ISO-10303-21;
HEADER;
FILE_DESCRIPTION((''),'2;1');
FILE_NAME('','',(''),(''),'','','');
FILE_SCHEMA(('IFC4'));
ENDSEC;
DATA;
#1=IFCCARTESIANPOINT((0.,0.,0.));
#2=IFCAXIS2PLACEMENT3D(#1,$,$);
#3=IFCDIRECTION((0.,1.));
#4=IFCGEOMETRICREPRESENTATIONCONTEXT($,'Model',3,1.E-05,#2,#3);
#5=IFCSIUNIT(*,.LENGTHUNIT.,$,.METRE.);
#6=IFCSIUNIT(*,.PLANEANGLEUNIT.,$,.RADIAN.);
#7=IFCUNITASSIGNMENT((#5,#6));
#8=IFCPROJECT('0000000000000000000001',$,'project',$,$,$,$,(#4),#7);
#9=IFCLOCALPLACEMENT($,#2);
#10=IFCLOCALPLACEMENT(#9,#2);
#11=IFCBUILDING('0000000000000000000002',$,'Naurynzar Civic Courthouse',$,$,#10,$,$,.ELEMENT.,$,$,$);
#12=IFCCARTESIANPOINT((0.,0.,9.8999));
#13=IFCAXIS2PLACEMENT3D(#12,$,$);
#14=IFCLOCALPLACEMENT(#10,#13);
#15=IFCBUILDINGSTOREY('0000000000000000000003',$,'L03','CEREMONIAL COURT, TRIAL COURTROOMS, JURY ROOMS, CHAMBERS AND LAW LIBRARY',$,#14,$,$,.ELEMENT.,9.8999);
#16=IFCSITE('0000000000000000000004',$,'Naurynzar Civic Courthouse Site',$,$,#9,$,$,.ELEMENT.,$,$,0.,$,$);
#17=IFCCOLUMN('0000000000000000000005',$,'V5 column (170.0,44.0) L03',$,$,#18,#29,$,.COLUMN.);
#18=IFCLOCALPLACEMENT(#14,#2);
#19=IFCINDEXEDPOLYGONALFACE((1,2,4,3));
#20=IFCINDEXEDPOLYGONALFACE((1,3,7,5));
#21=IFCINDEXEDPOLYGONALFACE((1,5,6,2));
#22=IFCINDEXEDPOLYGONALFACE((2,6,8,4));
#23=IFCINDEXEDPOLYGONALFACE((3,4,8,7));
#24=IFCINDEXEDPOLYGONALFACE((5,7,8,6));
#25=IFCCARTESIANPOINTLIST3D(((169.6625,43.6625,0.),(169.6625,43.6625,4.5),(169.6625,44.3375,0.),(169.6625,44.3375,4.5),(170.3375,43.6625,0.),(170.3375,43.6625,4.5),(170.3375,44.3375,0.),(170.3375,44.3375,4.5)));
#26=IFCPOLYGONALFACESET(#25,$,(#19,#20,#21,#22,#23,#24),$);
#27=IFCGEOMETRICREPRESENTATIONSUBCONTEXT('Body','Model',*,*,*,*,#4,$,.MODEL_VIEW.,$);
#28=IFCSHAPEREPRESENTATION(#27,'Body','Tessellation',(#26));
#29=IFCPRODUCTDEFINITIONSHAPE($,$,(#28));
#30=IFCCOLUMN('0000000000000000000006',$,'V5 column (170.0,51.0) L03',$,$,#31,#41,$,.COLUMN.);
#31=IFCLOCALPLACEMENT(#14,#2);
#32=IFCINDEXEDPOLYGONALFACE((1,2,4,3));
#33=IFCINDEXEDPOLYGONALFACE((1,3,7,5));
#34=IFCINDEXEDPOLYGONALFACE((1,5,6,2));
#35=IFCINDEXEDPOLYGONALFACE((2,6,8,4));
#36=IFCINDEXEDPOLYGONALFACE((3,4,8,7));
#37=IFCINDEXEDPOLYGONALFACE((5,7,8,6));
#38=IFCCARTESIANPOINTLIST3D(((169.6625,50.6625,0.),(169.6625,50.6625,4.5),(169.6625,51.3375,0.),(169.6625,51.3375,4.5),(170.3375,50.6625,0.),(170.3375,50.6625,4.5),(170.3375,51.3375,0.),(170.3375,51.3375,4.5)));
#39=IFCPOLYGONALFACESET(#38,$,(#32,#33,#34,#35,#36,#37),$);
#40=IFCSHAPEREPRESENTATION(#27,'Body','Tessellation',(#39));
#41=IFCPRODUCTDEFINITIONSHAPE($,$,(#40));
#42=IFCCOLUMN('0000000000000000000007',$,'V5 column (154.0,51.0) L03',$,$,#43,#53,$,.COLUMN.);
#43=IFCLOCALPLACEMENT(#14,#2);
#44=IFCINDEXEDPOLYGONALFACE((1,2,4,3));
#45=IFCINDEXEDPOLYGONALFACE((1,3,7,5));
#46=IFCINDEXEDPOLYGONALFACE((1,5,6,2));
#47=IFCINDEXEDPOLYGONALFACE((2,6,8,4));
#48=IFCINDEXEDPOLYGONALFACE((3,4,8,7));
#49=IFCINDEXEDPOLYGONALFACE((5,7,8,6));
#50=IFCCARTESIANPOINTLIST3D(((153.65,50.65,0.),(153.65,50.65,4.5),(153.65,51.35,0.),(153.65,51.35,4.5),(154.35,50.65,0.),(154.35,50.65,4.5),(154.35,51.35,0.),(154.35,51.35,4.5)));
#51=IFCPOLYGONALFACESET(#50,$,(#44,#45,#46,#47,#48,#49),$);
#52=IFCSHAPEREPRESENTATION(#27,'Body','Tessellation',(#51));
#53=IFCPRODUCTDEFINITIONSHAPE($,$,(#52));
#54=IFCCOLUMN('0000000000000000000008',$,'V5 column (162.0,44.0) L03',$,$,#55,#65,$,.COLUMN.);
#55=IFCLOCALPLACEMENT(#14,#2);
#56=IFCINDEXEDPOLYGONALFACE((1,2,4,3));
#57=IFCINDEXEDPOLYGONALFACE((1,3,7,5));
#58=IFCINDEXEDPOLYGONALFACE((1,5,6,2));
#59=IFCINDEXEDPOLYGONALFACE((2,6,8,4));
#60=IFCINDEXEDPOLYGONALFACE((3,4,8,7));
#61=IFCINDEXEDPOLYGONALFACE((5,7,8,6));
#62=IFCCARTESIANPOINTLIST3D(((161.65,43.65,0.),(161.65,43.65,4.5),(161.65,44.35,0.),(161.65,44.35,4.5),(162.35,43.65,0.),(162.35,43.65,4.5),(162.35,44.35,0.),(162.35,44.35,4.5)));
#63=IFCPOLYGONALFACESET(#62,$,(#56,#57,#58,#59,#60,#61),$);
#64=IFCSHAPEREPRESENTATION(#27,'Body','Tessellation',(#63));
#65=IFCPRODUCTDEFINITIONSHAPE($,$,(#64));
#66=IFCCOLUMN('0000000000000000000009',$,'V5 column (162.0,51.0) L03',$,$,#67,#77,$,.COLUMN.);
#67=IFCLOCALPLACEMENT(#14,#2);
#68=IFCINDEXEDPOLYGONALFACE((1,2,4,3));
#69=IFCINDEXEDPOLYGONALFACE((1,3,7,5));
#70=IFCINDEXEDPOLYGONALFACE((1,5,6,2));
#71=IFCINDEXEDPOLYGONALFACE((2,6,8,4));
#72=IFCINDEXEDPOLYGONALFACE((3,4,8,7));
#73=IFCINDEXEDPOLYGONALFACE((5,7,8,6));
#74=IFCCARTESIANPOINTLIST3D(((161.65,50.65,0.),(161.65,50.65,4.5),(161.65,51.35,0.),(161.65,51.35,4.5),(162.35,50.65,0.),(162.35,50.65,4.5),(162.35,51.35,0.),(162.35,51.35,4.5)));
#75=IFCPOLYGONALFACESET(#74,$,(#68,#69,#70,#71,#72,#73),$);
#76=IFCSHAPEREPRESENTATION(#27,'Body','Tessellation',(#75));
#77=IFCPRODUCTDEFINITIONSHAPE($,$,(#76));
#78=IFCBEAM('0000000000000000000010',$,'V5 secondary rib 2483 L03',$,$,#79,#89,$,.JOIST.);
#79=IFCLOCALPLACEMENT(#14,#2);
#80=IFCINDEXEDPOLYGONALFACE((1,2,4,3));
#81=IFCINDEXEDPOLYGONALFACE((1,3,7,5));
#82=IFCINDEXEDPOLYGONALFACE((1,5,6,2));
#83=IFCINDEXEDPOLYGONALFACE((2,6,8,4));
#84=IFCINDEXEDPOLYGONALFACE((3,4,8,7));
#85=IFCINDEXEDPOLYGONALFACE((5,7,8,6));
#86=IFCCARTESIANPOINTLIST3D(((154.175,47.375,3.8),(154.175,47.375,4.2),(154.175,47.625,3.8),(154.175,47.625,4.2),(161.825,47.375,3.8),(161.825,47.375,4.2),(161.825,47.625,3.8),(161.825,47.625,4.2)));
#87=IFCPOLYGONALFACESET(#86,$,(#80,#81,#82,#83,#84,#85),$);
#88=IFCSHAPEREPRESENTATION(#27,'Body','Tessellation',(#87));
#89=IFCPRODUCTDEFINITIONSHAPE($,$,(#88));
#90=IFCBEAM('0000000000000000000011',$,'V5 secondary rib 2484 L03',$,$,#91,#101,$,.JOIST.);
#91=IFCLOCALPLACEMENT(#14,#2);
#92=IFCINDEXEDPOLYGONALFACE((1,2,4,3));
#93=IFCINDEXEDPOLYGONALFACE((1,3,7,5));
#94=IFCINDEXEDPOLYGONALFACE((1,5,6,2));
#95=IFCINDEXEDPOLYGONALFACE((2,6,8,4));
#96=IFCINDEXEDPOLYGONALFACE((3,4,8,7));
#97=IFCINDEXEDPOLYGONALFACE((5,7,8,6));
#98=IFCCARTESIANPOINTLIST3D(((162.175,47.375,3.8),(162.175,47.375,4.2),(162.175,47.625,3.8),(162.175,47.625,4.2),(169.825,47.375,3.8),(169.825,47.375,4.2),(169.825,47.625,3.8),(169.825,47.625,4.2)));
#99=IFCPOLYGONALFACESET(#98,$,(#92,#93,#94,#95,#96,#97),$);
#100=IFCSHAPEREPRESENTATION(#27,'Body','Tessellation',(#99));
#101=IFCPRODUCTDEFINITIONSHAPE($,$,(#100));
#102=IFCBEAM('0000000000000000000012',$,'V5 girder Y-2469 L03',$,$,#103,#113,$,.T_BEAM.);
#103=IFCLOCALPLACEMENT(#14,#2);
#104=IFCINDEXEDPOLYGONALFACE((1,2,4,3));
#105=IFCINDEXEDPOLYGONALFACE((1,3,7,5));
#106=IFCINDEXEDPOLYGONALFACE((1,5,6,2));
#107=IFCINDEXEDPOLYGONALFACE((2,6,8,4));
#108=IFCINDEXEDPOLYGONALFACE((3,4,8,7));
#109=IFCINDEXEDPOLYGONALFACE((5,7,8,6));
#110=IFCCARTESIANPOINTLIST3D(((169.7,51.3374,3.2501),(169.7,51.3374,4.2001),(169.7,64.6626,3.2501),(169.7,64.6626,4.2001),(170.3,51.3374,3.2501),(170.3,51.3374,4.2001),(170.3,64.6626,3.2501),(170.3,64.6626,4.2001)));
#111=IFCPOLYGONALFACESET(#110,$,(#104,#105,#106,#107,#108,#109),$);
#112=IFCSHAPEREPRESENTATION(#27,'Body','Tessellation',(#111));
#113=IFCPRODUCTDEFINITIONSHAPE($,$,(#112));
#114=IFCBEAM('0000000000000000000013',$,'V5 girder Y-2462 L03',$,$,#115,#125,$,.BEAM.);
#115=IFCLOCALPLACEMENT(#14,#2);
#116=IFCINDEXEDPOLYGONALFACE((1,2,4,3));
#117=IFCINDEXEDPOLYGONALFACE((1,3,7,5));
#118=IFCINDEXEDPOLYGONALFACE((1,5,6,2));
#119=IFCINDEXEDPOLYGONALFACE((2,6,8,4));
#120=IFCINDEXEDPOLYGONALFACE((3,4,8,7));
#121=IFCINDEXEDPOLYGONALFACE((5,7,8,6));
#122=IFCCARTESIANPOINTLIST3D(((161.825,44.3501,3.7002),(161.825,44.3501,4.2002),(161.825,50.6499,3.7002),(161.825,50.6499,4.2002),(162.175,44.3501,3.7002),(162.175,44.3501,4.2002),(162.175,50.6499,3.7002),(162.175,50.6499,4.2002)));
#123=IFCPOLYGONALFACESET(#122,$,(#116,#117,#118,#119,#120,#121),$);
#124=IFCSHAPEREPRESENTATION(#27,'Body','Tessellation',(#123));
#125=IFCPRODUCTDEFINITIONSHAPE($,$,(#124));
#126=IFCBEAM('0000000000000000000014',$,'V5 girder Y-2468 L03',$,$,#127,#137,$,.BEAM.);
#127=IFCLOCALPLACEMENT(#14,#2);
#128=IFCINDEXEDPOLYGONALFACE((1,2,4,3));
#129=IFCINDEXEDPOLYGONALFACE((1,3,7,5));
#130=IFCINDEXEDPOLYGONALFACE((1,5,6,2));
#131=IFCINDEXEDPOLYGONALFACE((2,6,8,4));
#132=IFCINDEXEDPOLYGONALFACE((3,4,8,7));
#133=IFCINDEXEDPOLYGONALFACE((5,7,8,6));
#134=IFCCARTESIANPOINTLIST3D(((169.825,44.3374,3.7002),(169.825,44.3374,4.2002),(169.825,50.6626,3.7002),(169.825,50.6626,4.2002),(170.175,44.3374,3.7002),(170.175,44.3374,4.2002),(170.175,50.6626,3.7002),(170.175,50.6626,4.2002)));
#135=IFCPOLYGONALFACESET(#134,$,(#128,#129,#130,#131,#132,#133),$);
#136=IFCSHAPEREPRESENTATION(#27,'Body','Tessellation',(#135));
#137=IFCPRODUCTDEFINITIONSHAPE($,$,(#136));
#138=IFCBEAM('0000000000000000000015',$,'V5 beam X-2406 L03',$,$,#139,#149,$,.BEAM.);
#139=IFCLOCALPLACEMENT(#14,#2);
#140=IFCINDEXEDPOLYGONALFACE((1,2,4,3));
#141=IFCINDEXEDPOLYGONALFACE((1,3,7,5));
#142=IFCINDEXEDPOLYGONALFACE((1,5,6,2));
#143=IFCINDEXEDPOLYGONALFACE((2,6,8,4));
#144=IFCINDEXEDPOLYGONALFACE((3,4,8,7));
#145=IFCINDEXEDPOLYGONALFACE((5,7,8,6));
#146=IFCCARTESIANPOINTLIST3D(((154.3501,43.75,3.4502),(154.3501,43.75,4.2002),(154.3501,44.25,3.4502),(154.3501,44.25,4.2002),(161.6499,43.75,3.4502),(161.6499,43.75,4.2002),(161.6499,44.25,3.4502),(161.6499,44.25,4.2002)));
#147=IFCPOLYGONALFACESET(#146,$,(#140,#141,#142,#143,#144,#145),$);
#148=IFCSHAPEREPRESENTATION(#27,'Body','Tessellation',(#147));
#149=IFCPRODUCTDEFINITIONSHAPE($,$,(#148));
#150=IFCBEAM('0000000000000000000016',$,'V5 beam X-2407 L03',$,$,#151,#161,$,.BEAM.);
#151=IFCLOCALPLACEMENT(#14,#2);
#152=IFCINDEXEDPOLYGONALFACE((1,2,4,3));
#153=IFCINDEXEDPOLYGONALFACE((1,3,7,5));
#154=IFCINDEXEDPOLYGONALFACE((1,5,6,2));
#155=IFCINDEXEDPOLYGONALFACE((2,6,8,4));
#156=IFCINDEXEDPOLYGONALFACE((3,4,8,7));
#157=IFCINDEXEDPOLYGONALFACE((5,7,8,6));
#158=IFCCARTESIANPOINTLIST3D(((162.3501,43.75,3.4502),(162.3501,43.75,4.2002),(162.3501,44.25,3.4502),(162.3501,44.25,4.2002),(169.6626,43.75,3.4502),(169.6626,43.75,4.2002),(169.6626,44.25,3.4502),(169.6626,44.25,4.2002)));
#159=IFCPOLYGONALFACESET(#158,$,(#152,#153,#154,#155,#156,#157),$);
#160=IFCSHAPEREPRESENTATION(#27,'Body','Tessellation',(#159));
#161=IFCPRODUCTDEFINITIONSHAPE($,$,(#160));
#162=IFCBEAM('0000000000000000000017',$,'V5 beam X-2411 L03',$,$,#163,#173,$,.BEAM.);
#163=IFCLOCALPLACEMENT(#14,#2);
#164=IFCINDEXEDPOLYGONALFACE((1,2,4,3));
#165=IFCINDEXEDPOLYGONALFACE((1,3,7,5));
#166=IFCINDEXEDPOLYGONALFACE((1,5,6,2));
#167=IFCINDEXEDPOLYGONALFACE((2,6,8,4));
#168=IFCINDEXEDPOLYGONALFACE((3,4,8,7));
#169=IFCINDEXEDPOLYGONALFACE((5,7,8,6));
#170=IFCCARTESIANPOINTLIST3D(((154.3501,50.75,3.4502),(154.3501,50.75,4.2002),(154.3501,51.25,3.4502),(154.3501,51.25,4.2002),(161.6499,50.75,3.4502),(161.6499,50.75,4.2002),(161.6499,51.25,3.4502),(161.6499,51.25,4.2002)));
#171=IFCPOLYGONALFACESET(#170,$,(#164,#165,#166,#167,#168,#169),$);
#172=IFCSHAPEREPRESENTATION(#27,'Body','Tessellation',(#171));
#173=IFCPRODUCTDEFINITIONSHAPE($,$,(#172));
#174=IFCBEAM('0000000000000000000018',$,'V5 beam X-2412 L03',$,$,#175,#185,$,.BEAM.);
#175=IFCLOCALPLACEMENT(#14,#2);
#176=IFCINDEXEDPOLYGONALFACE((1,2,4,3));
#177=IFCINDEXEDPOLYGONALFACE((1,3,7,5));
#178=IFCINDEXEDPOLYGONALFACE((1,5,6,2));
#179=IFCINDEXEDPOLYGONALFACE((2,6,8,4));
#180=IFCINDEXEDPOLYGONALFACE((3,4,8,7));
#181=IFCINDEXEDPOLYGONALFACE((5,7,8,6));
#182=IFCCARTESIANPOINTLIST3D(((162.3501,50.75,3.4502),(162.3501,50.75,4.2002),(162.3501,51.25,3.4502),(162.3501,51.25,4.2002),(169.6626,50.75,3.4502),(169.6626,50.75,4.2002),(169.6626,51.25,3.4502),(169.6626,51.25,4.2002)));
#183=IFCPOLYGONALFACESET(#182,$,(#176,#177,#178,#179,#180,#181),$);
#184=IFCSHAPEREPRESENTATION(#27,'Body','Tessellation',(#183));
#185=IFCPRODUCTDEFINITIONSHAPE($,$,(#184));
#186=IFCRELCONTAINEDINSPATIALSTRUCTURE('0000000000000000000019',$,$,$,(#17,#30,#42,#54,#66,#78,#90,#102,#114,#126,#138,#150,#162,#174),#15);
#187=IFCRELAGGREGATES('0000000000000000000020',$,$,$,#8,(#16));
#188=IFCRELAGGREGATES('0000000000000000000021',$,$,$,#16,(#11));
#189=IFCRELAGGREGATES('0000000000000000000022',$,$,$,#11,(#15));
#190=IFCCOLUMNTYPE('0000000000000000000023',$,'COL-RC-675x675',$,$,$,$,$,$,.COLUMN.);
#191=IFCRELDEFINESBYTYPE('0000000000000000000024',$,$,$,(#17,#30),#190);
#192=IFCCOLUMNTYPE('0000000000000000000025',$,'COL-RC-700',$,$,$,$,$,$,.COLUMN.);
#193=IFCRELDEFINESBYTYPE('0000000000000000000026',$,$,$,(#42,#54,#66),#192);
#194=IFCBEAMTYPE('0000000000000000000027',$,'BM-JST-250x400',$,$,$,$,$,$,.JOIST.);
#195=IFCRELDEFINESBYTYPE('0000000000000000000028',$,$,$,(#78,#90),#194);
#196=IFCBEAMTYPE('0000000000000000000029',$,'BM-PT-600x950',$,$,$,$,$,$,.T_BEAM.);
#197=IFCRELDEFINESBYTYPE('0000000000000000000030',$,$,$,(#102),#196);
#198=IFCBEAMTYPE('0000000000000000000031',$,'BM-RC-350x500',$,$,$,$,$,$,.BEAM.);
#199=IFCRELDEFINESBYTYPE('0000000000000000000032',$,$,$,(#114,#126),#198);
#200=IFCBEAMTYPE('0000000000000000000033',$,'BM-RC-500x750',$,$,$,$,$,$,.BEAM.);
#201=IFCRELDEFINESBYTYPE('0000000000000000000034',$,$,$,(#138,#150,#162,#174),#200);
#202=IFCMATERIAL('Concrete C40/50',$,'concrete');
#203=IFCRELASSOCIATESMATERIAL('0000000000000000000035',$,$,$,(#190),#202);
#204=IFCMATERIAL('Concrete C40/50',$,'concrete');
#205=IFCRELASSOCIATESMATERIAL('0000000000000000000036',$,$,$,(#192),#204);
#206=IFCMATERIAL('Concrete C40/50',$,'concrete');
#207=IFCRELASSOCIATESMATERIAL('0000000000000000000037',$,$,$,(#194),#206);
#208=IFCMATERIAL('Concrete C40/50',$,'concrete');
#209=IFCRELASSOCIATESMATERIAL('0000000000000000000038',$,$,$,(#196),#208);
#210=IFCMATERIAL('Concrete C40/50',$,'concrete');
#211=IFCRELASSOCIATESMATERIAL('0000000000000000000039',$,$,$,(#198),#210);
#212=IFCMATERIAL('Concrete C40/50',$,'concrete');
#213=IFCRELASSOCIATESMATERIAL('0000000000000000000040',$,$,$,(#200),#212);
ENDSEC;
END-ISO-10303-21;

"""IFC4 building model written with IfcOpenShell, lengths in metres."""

from ifc_helpers import new_model, si_unit, direction, frame, origin, origin_2d, place, context, subcontext, project, spatial, rectangle, extrude, material, material_profile, profile_set, type_object, element, save


model = new_model("IFC4")

# Units and contexts
model_context = context("Model", 3, precision=1e-05, world=origin(), true_north=direction((0.0, 1.0)))
body_context = subcontext(model_context, "Body", "Model", "MODEL_VIEW")
ifc_project = project(units=[si_unit("LENGTHUNIT", "METRE"), si_unit("PLANEANGLEUNIT", "RADIAN")], contexts=[model_context])

# Site, building, storey
site_placement = place(None, origin())
site = spatial("IfcSite", under=ifc_project, at=site_placement, Name="Naurynzar Civic Courthouse Site", CompositionType="ELEMENT", RefElevation=0.0)
building_placement = place(site_placement, origin())
building = spatial("IfcBuilding", under=site, at=building_placement, Name="Naurynzar Civic Courthouse", CompositionType="ELEMENT")
storey_placement = place(building_placement, frame((0.0, 0.0, 9.8999)))
storey = spatial("IfcBuildingStorey", under=building, at=storey_placement, Name="L03", Description="CEREMONIAL COURT, TRIAL COURTROOMS, JURY ROOMS, CHAMBERS AND LAW LIBRARY", CompositionType="ELEMENT", Elevation=9.8999)

# Columns
ifc_material_1 = material(Name="Concrete C40/50", Category="concrete")
ifc_material_profile_1 = material_profile(ifc_material_1, rectangle(XDim=0.675, YDim=0.675, at=origin_2d()), Name="RC 675x675")
ifc_profile_set_1 = profile_set([ifc_material_profile_1], Name="Concrete C40/50")
column_type_1 = type_object("IfcColumnType", Name="COL-RC-675x675", PredefinedType="COLUMN", material=ifc_profile_set_1)
for number, where, z_axis, x_axis, name in (
    (1, (170.0, 44.0, 0.0), (0.0, 0.0, 1.0), (1.0, 0.0, 0.0), "V5 column (170.0,44.0) L03"),
    (2, (170.0, 51.0, 0.0), (0.0, 0.0, 1.0), (1.0, 0.0, 0.0), "V5 column (170.0,51.0) L03"),
):
    element("IfcColumn", number, at=place(storey_placement, frame(where, z_axis=z_axis, x_axis=x_axis)), inside=storey, type_object=column_type_1, Name=name, PredefinedType="COLUMN", context=body_context, shape_type="SweptSolid", body=[
        extrude(rectangle(XDim=0.675, YDim=0.675, at=origin_2d()), origin(), (0.0, 0.0, 1.0), 4.5),
    ])
ifc_material_2 = material(Name="Concrete C40/50", Category="concrete")
ifc_material_profile_2 = material_profile(ifc_material_2, rectangle(XDim=0.7, YDim=0.7, at=origin_2d()), Name="RC 700x700")
ifc_profile_set_2 = profile_set([ifc_material_profile_2], Name="Concrete C40/50")
column_type_2 = type_object("IfcColumnType", Name="COL-RC-700", PredefinedType="COLUMN", material=ifc_profile_set_2)
for number, where, z_axis, x_axis, name in (
    (3, (154.0, 51.0, 0.0), (0.0, 0.0, 1.0), (1.0, 0.0, 0.0), "V5 column (154.0,51.0) L03"),
    (4, (162.0, 44.0, 0.0), (0.0, 0.0, 1.0), (1.0, 0.0, 0.0), "V5 column (162.0,44.0) L03"),
    (5, (162.0, 51.0, 0.0), (0.0, 0.0, 1.0), (1.0, 0.0, 0.0), "V5 column (162.0,51.0) L03"),
):
    element("IfcColumn", number, at=place(storey_placement, frame(where, z_axis=z_axis, x_axis=x_axis)), inside=storey, type_object=column_type_2, Name=name, PredefinedType="COLUMN", context=body_context, shape_type="SweptSolid", body=[
        extrude(rectangle(XDim=0.7, YDim=0.7, at=origin_2d()), origin(), (0.0, 0.0, 1.0), 4.5),
    ])

# Beams
ifc_material_3 = material(Name="Concrete C40/50", Category="concrete")
ifc_material_profile_3 = material_profile(ifc_material_3, rectangle(XDim=0.25, YDim=0.3999, at=origin_2d()), Name="RCB 250x400")
ifc_profile_set_3 = profile_set([ifc_material_profile_3], Name="Concrete C40/50")
beam_type_1 = type_object("IfcBeamType", Name="BM-JST-250x400", PredefinedType="JOIST", material=ifc_profile_set_3)
for number, where, z_axis, x_axis, name in (
    (6, (154.175, 47.5, 4.0), (1.0, 0.0, 0.0), (0.0, 1.0, 0.0), "V5 secondary rib 2483 L03"),
    (7, (162.175, 47.5, 4.0), (1.0, 0.0, 0.0), (0.0, 1.0, 0.0), "V5 secondary rib 2484 L03"),
):
    element("IfcBeam", number, at=place(storey_placement, frame(where, z_axis=z_axis, x_axis=x_axis)), inside=storey, type_object=beam_type_1, Name=name, PredefinedType="JOIST", context=body_context, shape_type="SweptSolid", body=[
        extrude(rectangle(XDim=0.25, YDim=0.3999, at=origin_2d()), origin(), (0.0, 0.0, 1.0), 7.6499),
    ])
ifc_material_4 = material(Name="Concrete C40/50", Category="concrete")
ifc_material_profile_4 = material_profile(ifc_material_4, rectangle(XDim=0.6001, YDim=0.95, at=origin_2d()), Name="PTB 600x950")
ifc_profile_set_4 = profile_set([ifc_material_profile_4], Name="Concrete C40/50")
beam_type_2 = type_object("IfcBeamType", Name="BM-PT-600x950", PredefinedType="T_BEAM", material=ifc_profile_set_4)
beam_1_placement = place(storey_placement, frame((170.0, 51.3374, 3.7251), z_axis=(0.0, 1.0, 0.0), x_axis=(-1.0, 0.0, 0.0)))
element("IfcBeam", 8, at=beam_1_placement, inside=storey, type_object=beam_type_2, Name="V5 girder Y-2469 L03", PredefinedType="T_BEAM", context=body_context, shape_type="SweptSolid", body=[
    extrude(rectangle(XDim=0.6001, YDim=0.95, at=origin_2d()), origin(), (0.0, 0.0, 1.0), 13.3252),
])
ifc_material_5 = material(Name="Concrete C40/50", Category="concrete")
ifc_material_profile_5 = material_profile(ifc_material_5, rectangle(XDim=0.3501, YDim=0.5, at=origin_2d()), Name="RCB 350x500")
ifc_profile_set_5 = profile_set([ifc_material_profile_5], Name="Concrete C40/50")
beam_type_3 = type_object("IfcBeamType", Name="BM-RC-350x500", PredefinedType="BEAM", material=ifc_profile_set_5)
beam_2_placement = place(storey_placement, frame((162.0, 44.3501, 3.9502), z_axis=(0.0, 1.0, 0.0), x_axis=(-1.0, 0.0, 0.0)))
element("IfcBeam", 9, at=beam_2_placement, inside=storey, type_object=beam_type_3, Name="V5 girder Y-2462 L03", PredefinedType="BEAM", context=body_context, shape_type="SweptSolid", body=[
    extrude(rectangle(XDim=0.3501, YDim=0.5, at=origin_2d()), origin(), (0.0, 0.0, 1.0), 6.2998),
])
beam_3_placement = place(storey_placement, frame((170.0, 44.3374, 3.9502), z_axis=(0.0, 1.0, 0.0), x_axis=(-1.0, 0.0, 0.0)))
element("IfcBeam", 10, at=beam_3_placement, inside=storey, type_object=beam_type_3, Name="V5 girder Y-2468 L03", PredefinedType="BEAM", context=body_context, shape_type="SweptSolid", body=[
    extrude(rectangle(XDim=0.3501, YDim=0.5, at=origin_2d()), origin(), (0.0, 0.0, 1.0), 6.3252),
])
ifc_material_6 = material(Name="Concrete C40/50", Category="concrete")
ifc_material_profile_6 = material_profile(ifc_material_6, rectangle(XDim=0.5, YDim=0.75, at=origin_2d()), Name="RCB 500x750")
ifc_profile_set_6 = profile_set([ifc_material_profile_6], Name="Concrete C40/50")
beam_type_4 = type_object("IfcBeamType", Name="BM-RC-500x750", PredefinedType="BEAM", material=ifc_profile_set_6)
beam_4_placement = place(storey_placement, frame((154.3501, 44.0, 3.8252), z_axis=(1.0, 0.0, 0.0), x_axis=(0.0, 1.0, 0.0)))
element("IfcBeam", 11, at=beam_4_placement, inside=storey, type_object=beam_type_4, Name="V5 beam X-2406 L03", PredefinedType="BEAM", context=body_context, shape_type="SweptSolid", body=[
    extrude(rectangle(XDim=0.5, YDim=0.75, at=origin_2d()), origin(), (0.0, 0.0, 1.0), 7.2998),
])
beam_5_placement = place(storey_placement, frame((162.3501, 44.0, 3.8252), z_axis=(1.0, 0.0, 0.0), x_axis=(0.0, 1.0, 0.0)))
element("IfcBeam", 12, at=beam_5_placement, inside=storey, type_object=beam_type_4, Name="V5 beam X-2407 L03", PredefinedType="BEAM", context=body_context, shape_type="SweptSolid", body=[
    extrude(rectangle(XDim=0.5, YDim=0.75, at=origin_2d()), origin(), (0.0, 0.0, 1.0), 7.3125),
])
beam_6_placement = place(storey_placement, frame((154.3501, 51.0, 3.8252), z_axis=(1.0, 0.0, 0.0), x_axis=(0.0, 1.0, 0.0)))
element("IfcBeam", 13, at=beam_6_placement, inside=storey, type_object=beam_type_4, Name="V5 beam X-2411 L03", PredefinedType="BEAM", context=body_context, shape_type="SweptSolid", body=[
    extrude(rectangle(XDim=0.5, YDim=0.75, at=origin_2d()), origin(), (0.0, 0.0, 1.0), 7.2998),
])
beam_7_placement = place(storey_placement, frame((162.3501, 51.0, 3.8252), z_axis=(1.0, 0.0, 0.0), x_axis=(0.0, 1.0, 0.0)))
element("IfcBeam", 14, at=beam_7_placement, inside=storey, type_object=beam_type_4, Name="V5 beam X-2412 L03", PredefinedType="BEAM", context=body_context, shape_type="SweptSolid", body=[
    extrude(rectangle(XDim=0.5, YDim=0.75, at=origin_2d()), origin(), (0.0, 0.0, 1.0), 7.3125),
])

save(model, "model.ifc")
